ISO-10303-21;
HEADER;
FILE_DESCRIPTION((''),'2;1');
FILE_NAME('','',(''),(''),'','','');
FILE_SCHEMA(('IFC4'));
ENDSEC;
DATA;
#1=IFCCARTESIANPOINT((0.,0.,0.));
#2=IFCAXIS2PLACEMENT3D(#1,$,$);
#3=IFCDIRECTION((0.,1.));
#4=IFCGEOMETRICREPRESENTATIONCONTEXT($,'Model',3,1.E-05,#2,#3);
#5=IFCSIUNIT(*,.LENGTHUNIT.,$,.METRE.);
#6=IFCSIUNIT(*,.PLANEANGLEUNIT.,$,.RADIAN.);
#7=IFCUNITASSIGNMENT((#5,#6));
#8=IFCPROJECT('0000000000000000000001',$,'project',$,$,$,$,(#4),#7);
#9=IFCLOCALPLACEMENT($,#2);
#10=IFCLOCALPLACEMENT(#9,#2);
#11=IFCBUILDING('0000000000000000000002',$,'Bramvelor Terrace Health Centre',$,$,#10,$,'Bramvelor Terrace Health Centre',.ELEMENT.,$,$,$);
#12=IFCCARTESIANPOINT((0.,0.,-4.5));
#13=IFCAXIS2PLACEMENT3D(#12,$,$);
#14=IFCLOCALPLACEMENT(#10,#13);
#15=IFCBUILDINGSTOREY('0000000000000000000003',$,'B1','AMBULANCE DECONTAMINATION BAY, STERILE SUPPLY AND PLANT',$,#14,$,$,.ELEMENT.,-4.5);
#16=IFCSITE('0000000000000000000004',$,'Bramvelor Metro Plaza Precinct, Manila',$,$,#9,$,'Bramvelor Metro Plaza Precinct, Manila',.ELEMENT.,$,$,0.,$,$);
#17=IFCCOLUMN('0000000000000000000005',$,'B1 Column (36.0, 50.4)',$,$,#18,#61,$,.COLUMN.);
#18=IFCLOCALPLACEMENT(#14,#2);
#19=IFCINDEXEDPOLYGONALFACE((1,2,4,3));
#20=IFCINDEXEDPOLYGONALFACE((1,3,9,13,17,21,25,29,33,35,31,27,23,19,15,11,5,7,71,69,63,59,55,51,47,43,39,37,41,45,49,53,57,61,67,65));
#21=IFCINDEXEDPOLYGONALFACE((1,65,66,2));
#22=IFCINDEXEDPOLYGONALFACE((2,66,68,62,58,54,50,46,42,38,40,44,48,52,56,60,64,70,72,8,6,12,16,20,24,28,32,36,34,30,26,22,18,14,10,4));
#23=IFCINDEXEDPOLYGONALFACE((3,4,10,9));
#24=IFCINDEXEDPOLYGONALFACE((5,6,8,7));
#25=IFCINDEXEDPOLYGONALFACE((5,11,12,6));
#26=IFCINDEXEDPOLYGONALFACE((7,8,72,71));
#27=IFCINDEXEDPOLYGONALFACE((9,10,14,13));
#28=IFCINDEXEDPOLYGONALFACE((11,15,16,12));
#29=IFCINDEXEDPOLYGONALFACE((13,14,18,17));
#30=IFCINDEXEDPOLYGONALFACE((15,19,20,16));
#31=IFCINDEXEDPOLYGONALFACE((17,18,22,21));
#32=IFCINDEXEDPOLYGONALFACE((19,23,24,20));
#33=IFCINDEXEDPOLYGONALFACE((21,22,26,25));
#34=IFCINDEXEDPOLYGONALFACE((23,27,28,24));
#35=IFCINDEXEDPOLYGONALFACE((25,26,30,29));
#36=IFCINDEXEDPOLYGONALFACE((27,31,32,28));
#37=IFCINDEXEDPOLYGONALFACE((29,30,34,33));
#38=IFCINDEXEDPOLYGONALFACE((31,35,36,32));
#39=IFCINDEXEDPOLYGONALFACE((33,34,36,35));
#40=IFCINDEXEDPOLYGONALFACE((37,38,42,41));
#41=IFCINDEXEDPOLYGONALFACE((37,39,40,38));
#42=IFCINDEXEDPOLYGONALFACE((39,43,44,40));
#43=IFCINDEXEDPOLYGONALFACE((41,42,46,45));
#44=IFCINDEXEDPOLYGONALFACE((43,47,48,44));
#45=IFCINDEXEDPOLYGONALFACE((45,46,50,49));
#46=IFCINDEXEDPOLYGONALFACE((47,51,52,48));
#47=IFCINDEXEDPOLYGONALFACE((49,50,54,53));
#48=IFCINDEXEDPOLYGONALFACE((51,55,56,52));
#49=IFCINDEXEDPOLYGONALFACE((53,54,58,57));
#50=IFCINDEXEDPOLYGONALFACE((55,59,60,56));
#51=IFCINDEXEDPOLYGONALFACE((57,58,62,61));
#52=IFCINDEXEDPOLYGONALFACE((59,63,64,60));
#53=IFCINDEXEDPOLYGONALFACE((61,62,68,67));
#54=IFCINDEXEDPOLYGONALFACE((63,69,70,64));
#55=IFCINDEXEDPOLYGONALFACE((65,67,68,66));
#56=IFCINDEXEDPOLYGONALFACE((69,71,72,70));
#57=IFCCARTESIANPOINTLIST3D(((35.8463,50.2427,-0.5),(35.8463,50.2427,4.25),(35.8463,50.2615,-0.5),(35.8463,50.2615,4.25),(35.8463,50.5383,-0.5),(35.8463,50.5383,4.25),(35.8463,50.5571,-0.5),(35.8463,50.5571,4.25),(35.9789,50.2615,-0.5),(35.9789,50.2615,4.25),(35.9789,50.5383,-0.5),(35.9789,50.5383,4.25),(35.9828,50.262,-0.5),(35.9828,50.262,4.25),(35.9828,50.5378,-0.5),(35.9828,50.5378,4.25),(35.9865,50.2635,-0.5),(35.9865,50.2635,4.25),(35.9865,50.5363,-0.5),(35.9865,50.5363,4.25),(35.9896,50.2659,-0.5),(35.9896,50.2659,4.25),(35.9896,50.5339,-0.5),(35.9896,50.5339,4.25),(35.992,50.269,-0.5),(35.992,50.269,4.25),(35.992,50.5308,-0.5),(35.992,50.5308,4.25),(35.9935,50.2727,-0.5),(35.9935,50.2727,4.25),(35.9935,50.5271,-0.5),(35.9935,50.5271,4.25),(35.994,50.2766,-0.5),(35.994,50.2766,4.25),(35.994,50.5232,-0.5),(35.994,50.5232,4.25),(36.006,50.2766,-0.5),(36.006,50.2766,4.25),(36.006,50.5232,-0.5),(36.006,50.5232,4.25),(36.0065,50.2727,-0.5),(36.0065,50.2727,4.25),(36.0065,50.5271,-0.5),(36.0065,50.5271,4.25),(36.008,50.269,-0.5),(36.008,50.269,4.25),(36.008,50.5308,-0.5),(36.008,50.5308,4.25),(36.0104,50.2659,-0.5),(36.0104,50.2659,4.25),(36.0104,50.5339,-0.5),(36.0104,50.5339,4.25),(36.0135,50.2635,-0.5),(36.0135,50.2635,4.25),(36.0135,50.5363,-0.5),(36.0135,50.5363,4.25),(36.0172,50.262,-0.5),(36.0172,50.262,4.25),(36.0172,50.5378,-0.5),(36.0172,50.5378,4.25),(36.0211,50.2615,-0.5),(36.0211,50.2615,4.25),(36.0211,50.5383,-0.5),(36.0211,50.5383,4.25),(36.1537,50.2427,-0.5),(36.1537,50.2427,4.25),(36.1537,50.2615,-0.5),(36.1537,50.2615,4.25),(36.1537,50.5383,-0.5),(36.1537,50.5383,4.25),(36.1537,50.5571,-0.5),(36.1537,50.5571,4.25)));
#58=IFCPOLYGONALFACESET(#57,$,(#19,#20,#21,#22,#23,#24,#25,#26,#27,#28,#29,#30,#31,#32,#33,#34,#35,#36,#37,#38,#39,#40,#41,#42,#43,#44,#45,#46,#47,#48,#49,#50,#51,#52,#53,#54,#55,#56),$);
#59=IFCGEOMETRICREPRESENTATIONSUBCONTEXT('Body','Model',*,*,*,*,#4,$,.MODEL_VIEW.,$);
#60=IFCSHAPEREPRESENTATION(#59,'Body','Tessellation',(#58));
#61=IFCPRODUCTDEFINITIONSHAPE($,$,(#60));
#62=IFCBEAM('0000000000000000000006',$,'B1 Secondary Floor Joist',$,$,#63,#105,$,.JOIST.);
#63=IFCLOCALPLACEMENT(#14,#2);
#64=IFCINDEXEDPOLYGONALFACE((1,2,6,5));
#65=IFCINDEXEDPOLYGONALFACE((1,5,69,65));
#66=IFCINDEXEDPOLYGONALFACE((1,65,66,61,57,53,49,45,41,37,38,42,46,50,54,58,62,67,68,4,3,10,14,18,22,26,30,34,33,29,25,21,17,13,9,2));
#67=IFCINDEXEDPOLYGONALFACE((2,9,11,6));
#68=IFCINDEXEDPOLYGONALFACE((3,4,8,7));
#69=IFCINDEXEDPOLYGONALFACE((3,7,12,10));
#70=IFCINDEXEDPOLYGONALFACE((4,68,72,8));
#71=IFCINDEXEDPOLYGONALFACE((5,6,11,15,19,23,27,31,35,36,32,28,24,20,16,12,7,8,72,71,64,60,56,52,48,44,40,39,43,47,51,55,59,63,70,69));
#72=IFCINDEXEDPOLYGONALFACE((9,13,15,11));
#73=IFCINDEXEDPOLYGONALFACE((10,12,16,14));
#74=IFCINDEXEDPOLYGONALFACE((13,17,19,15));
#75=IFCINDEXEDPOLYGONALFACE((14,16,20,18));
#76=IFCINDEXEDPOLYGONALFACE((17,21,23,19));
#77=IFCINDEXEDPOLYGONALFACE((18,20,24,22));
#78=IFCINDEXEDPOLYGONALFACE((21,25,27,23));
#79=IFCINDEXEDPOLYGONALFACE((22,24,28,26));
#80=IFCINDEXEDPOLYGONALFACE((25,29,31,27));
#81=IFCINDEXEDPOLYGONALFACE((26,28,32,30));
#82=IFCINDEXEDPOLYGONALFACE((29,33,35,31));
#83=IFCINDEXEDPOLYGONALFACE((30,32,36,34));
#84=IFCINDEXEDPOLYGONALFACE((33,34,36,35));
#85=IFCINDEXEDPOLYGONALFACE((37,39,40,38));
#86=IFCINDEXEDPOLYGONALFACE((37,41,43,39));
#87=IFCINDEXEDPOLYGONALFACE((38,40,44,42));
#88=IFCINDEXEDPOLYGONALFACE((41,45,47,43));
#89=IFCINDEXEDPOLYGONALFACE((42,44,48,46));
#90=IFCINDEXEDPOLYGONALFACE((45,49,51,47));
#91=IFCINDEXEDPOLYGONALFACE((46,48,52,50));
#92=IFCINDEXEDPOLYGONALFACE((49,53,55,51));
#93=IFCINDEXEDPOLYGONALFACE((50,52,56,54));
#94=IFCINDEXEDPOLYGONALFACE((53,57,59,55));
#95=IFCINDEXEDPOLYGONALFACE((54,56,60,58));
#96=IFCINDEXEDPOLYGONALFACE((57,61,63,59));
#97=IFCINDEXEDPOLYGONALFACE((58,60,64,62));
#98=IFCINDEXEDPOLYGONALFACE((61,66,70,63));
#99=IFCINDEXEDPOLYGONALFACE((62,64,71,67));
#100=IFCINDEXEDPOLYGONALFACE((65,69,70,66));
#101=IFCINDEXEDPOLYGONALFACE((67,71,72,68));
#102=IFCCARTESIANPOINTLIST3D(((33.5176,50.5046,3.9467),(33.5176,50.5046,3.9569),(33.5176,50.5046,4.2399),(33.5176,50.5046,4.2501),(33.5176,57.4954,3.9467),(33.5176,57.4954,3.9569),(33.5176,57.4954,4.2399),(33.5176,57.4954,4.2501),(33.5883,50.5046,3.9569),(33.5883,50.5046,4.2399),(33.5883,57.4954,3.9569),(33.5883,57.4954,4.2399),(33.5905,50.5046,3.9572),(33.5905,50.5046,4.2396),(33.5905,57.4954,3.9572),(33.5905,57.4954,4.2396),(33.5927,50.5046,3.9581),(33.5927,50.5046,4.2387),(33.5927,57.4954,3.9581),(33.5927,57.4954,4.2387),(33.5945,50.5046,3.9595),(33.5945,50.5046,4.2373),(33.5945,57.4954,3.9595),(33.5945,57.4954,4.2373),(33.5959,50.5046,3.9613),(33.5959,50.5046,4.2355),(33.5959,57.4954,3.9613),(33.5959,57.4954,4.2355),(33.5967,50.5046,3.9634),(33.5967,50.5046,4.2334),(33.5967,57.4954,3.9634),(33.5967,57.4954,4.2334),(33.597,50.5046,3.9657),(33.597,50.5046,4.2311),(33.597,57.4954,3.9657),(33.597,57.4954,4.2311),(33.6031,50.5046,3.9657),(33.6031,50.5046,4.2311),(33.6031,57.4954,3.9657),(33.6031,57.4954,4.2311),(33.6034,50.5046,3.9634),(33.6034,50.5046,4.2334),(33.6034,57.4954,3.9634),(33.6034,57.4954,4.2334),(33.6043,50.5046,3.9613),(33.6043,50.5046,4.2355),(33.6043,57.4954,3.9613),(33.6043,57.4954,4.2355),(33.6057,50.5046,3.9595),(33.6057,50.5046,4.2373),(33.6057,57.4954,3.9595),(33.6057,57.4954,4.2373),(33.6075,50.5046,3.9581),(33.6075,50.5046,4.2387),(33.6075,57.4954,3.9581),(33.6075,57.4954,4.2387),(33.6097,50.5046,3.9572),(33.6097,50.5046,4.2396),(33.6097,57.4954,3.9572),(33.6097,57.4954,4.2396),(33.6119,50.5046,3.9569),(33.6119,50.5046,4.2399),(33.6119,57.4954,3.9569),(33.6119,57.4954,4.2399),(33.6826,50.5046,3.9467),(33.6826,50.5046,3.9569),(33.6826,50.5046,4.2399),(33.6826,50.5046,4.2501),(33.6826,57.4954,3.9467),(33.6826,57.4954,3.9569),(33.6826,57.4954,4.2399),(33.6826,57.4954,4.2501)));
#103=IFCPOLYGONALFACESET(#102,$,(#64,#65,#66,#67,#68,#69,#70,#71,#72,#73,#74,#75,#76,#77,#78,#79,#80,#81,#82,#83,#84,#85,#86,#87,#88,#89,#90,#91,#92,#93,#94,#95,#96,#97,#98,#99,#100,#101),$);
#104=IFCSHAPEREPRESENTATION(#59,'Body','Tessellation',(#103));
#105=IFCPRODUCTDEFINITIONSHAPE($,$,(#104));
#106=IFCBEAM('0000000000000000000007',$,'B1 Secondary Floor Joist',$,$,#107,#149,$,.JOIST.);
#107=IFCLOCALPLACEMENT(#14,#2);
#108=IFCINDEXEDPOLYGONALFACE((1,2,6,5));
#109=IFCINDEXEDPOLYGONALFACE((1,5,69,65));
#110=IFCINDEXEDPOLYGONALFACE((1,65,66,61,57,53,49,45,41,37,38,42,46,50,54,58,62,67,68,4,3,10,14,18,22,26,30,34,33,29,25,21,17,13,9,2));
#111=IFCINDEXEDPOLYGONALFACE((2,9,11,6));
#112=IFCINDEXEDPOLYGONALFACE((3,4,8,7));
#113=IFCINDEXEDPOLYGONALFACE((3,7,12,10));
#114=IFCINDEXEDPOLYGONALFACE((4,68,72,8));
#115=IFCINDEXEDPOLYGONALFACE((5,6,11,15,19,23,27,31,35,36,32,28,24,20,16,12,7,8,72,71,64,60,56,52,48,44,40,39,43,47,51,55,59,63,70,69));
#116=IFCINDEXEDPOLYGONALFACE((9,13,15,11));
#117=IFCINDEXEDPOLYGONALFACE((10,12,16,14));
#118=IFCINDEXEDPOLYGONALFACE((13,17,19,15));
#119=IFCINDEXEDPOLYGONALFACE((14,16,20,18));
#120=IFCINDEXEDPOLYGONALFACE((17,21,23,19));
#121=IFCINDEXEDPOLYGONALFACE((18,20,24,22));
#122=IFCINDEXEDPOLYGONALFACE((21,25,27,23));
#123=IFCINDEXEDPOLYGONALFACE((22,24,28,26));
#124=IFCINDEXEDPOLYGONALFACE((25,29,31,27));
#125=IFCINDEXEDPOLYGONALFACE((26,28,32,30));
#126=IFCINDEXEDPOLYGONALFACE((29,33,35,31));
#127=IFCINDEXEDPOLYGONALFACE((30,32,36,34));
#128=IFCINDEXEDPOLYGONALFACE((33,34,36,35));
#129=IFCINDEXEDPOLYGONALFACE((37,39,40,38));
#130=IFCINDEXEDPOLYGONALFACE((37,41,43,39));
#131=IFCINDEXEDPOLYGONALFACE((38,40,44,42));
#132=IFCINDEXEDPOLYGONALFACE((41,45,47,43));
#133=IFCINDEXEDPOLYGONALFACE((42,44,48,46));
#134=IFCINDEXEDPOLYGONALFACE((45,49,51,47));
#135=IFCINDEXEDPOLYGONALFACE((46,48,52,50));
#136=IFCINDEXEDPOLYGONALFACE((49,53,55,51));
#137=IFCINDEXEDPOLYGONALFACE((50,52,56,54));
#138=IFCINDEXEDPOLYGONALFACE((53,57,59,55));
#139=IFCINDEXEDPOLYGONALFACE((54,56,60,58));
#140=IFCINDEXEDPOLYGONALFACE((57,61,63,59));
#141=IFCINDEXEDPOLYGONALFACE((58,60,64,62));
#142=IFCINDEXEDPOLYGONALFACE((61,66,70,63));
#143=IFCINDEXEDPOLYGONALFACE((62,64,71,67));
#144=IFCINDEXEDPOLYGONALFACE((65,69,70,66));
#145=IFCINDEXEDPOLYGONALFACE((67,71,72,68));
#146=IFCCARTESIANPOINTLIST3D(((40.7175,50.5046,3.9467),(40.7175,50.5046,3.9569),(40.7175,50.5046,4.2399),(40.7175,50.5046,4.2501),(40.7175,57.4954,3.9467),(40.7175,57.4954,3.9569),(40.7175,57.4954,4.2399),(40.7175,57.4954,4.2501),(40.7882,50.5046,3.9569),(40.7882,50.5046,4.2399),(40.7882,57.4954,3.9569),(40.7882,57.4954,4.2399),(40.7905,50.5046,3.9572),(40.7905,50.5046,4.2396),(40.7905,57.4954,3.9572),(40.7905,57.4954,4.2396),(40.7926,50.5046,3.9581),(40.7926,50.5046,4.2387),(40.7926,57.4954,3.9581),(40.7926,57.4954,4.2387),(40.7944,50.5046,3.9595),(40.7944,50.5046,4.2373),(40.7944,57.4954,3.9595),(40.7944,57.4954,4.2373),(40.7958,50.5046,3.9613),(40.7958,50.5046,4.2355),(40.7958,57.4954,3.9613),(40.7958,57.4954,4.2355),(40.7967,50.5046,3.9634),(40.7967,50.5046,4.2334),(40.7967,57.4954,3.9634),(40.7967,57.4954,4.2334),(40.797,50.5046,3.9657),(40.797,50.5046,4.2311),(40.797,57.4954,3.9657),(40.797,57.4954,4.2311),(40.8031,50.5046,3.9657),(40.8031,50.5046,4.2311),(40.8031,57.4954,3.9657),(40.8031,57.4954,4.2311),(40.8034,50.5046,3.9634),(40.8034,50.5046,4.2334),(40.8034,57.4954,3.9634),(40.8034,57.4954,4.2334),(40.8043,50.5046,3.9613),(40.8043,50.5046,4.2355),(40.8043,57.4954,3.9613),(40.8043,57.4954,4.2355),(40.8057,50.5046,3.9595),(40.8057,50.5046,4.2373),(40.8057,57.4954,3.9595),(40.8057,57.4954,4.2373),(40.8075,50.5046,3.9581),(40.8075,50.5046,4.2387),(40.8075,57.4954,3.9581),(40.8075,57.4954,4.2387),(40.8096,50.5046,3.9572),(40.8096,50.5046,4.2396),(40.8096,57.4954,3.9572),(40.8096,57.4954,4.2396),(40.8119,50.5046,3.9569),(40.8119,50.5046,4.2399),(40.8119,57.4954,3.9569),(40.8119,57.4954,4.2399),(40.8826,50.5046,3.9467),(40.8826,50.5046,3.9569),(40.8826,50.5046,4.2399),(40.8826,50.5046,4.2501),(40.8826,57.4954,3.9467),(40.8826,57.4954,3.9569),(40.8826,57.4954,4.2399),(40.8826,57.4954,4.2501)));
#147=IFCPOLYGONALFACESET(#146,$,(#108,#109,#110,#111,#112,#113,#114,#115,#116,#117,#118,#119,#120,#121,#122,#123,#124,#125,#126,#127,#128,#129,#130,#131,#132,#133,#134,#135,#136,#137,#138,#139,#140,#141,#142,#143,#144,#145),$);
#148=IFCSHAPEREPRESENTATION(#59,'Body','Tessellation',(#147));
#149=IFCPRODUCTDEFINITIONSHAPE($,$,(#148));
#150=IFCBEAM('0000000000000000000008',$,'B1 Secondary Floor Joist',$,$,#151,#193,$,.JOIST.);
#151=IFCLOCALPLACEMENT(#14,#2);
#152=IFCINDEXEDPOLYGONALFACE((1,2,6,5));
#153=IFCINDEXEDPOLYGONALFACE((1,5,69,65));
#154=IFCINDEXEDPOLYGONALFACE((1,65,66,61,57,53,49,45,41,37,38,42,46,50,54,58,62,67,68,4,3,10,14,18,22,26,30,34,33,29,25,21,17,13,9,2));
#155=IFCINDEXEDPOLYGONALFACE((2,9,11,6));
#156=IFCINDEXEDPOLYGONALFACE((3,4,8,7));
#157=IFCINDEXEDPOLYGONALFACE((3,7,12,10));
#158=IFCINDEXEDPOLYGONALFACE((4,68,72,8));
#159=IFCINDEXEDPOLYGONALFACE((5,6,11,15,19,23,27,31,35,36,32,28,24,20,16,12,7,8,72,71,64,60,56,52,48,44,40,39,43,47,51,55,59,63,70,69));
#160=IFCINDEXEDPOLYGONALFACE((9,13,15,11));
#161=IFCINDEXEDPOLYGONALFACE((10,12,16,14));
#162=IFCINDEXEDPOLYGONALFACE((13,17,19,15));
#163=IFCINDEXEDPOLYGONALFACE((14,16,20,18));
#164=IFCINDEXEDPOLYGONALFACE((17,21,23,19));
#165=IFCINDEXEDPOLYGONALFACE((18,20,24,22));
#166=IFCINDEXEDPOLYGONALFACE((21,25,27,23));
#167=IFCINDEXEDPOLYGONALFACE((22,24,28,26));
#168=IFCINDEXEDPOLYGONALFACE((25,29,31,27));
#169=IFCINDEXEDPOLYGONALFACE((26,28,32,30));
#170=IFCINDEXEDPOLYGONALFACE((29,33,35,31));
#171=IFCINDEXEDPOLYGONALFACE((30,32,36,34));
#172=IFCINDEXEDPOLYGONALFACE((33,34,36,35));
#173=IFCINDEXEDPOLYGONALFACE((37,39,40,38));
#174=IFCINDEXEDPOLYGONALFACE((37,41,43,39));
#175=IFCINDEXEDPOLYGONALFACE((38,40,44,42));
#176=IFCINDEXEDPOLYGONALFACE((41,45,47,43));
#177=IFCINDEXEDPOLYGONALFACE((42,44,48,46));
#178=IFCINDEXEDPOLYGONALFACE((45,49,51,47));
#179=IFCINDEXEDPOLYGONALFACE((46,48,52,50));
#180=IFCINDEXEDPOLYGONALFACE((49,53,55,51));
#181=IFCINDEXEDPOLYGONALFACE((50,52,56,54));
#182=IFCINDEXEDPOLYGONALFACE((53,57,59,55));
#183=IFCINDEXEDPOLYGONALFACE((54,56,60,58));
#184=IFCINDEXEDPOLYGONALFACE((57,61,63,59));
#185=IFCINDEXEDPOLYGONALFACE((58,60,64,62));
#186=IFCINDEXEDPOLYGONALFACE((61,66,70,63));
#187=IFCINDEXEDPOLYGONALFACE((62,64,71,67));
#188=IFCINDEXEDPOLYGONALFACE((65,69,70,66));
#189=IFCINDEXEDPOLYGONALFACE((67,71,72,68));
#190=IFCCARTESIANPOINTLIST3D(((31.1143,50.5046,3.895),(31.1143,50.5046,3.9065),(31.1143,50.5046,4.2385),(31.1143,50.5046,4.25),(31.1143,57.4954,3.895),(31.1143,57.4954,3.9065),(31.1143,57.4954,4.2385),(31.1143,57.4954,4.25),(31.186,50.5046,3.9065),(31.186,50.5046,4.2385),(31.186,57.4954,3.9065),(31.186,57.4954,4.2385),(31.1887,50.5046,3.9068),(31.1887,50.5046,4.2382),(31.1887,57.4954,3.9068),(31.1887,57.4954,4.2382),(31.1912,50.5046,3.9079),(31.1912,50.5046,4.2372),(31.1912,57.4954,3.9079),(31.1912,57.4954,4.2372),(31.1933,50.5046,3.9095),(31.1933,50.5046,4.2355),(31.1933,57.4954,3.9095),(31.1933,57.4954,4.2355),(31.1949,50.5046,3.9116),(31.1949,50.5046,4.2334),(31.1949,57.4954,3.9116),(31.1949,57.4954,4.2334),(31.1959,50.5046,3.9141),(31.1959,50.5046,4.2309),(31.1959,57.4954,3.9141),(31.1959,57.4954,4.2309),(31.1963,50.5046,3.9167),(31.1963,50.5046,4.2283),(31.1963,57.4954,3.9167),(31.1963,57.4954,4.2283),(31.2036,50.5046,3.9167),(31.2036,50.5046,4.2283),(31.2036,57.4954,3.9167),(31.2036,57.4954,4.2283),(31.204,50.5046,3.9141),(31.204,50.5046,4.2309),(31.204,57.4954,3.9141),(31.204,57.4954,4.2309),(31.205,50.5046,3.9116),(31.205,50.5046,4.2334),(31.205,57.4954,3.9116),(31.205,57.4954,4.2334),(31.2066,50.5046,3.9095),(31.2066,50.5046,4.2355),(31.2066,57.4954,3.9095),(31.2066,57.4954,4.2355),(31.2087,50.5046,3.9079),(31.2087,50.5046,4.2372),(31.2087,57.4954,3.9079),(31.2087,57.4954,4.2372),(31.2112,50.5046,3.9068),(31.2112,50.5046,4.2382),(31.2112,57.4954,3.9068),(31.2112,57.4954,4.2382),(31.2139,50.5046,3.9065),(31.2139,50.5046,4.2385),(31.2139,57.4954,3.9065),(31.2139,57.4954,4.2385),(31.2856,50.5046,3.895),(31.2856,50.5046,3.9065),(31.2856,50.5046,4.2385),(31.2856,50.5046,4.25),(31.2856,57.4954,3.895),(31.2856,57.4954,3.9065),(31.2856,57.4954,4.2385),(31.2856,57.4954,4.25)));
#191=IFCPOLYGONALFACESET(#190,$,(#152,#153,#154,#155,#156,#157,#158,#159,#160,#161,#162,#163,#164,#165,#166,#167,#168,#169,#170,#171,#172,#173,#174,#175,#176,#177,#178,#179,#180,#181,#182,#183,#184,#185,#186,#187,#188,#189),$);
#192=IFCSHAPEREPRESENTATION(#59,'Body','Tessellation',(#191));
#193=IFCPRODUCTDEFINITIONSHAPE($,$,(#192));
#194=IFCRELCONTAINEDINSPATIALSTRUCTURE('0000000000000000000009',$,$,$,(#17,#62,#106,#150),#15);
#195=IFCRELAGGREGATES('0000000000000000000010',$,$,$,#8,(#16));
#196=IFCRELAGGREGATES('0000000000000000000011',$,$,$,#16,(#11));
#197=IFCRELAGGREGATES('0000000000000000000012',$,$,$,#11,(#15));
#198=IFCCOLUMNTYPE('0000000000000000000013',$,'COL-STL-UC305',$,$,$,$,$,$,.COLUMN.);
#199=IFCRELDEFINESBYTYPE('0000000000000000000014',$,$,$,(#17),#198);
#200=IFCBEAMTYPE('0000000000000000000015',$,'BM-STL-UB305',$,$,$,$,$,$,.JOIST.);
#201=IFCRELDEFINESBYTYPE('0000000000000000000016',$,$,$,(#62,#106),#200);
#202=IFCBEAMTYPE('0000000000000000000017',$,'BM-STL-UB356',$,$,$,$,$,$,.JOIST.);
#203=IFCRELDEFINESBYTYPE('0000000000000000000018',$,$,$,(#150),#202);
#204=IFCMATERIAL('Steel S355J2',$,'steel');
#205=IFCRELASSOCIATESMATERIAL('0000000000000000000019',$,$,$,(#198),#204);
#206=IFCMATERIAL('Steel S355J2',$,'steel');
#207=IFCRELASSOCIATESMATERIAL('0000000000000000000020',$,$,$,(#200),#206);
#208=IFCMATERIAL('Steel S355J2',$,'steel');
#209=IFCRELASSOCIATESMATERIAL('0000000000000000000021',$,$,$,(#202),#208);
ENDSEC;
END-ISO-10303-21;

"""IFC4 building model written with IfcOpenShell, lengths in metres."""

from ifc_helpers import new_model, si_unit, direction, frame, origin, origin_2d, place, context, subcontext, project, spatial, i_section, extrude, material, material_profile, profile_set, type_object, element, save


model = new_model("IFC4")

# Units and contexts
model_context = context("Model", 3, precision=1e-05, world=origin(), true_north=direction((0.0, 1.0)))
body_context = subcontext(model_context, "Body", "Model", "MODEL_VIEW")
ifc_project = project(units=[si_unit("LENGTHUNIT", "METRE"), si_unit("PLANEANGLEUNIT", "RADIAN")], contexts=[model_context])

# Site, building, storey
site_placement = place(None, origin())
site = spatial("IfcSite", under=ifc_project, at=site_placement, Name="Bramvelor Metro Plaza Precinct, Manila", LongName="Bramvelor Metro Plaza Precinct, Manila", CompositionType="ELEMENT", RefElevation=0.0)
building_placement = place(site_placement, origin())
building = spatial("IfcBuilding", under=site, at=building_placement, Name="Bramvelor Terrace Health Centre", LongName="Bramvelor Terrace Health Centre", CompositionType="ELEMENT")
storey_placement = place(building_placement, frame((0.0, 0.0, -4.5)))
storey = spatial("IfcBuildingStorey", under=building, at=storey_placement, Name="B1", Description="AMBULANCE DECONTAMINATION BAY, STERILE SUPPLY AND PLANT", CompositionType="ELEMENT", Elevation=-4.5)

# Column
ifc_material_1 = material(Name="Steel S355J2", Category="steel")
ifc_material_profile_1 = material_profile(ifc_material_1, i_section(OverallWidth=0.3074, OverallDepth=0.3145, WebThickness=0.012, FlangeThickness=0.0188, FilletRadius=0.0151, at=origin_2d()), Name="UC 305x305x118")
ifc_profile_set_1 = profile_set([ifc_material_profile_1], Name="Steel S355J2")
column_type_1 = type_object("IfcColumnType", Name="COL-STL-UC305", PredefinedType="COLUMN", material=ifc_profile_set_1)
column_1_placement = place(storey_placement, frame((36.0, 50.3999, -0.5), z_axis=(0.0, 0.0, 1.0), x_axis=(1.0, 0.0, 0.0)))
element("IfcColumn", 1, at=column_1_placement, inside=storey, type_object=column_type_1, Name="B1 Column (36.0, 50.4)", PredefinedType="COLUMN", context=body_context, shape_type="SweptSolid", body=[
    extrude(i_section(OverallWidth=0.3074, OverallDepth=0.3145, WebThickness=0.012, FlangeThickness=0.0188, FilletRadius=0.0151, at=origin_2d()), origin(), (0.0, 0.0, 1.0), 4.75),
])

# Beams
ifc_material_2 = material(Name="Steel S355J2", Category="steel")
ifc_material_profile_2 = material_profile(ifc_material_2, i_section(OverallWidth=0.165, OverallDepth=0.3035, WebThickness=0.0061, FlangeThickness=0.0103, FilletRadius=0.0088, at=origin_2d()), Name="UB 305x165x40")
ifc_profile_set_2 = profile_set([ifc_material_profile_2], Name="Steel S355J2")
beam_type_1 = type_object("IfcBeamType", Name="BM-STL-UB305", PredefinedType="JOIST", material=ifc_profile_set_2)
for number, where, z_axis, x_axis, name in (
    (2, (33.6001, 50.5046, 4.0984), (0.0, 1.0, 0.0), (-1.0, 0.0, 0.0), "B1 Secondary Floor Joist"),
    (3, (40.8, 50.5046, 4.0984), (0.0, 1.0, 0.0), (-1.0, 0.0, 0.0), "B1 Secondary Floor Joist"),
):
    element("IfcBeam", number, at=place(storey_placement, frame(where, z_axis=z_axis, x_axis=x_axis)), inside=storey, type_object=beam_type_1, Name=name, PredefinedType="JOIST", context=body_context, shape_type="SweptSolid", body=[
        extrude(i_section(OverallWidth=0.165, OverallDepth=0.3035, WebThickness=0.0061, FlangeThickness=0.0103, FilletRadius=0.0088, at=origin_2d()), origin(), (0.0, 0.0, 1.0), 6.9907),
    ])
ifc_material_3 = material(Name="Steel S355J2", Category="steel")
ifc_material_profile_3 = material_profile(ifc_material_3, i_section(OverallWidth=0.1714, OverallDepth=0.355, WebThickness=0.0073, FlangeThickness=0.0115, FilletRadius=0.0103, at=origin_2d()), Name="UB 356x171x51")
ifc_profile_set_3 = profile_set([ifc_material_profile_3], Name="Steel S355J2")
beam_type_2 = type_object("IfcBeamType", Name="BM-STL-UB356", PredefinedType="JOIST", material=ifc_profile_set_3)
for number, where, z_axis, x_axis, name in (
    (4, (31.2, 50.5046, 4.0725), (0.0, 1.0, 0.0), (-1.0, 0.0, 0.0), "B1 Secondary Floor Joist"),
):
    element("IfcBeam", number, at=place(storey_placement, frame(where, z_axis=z_axis, x_axis=x_axis)), inside=storey, type_object=beam_type_2, Name=name, PredefinedType="JOIST", context=body_context, shape_type="SweptSolid", body=[
        extrude(i_section(OverallWidth=0.1714, OverallDepth=0.355, WebThickness=0.0073, FlangeThickness=0.0115, FilletRadius=0.0103, at=origin_2d()), origin(), (0.0, 0.0, 1.0), 6.9907),
    ])

save(model, "model.ifc")
